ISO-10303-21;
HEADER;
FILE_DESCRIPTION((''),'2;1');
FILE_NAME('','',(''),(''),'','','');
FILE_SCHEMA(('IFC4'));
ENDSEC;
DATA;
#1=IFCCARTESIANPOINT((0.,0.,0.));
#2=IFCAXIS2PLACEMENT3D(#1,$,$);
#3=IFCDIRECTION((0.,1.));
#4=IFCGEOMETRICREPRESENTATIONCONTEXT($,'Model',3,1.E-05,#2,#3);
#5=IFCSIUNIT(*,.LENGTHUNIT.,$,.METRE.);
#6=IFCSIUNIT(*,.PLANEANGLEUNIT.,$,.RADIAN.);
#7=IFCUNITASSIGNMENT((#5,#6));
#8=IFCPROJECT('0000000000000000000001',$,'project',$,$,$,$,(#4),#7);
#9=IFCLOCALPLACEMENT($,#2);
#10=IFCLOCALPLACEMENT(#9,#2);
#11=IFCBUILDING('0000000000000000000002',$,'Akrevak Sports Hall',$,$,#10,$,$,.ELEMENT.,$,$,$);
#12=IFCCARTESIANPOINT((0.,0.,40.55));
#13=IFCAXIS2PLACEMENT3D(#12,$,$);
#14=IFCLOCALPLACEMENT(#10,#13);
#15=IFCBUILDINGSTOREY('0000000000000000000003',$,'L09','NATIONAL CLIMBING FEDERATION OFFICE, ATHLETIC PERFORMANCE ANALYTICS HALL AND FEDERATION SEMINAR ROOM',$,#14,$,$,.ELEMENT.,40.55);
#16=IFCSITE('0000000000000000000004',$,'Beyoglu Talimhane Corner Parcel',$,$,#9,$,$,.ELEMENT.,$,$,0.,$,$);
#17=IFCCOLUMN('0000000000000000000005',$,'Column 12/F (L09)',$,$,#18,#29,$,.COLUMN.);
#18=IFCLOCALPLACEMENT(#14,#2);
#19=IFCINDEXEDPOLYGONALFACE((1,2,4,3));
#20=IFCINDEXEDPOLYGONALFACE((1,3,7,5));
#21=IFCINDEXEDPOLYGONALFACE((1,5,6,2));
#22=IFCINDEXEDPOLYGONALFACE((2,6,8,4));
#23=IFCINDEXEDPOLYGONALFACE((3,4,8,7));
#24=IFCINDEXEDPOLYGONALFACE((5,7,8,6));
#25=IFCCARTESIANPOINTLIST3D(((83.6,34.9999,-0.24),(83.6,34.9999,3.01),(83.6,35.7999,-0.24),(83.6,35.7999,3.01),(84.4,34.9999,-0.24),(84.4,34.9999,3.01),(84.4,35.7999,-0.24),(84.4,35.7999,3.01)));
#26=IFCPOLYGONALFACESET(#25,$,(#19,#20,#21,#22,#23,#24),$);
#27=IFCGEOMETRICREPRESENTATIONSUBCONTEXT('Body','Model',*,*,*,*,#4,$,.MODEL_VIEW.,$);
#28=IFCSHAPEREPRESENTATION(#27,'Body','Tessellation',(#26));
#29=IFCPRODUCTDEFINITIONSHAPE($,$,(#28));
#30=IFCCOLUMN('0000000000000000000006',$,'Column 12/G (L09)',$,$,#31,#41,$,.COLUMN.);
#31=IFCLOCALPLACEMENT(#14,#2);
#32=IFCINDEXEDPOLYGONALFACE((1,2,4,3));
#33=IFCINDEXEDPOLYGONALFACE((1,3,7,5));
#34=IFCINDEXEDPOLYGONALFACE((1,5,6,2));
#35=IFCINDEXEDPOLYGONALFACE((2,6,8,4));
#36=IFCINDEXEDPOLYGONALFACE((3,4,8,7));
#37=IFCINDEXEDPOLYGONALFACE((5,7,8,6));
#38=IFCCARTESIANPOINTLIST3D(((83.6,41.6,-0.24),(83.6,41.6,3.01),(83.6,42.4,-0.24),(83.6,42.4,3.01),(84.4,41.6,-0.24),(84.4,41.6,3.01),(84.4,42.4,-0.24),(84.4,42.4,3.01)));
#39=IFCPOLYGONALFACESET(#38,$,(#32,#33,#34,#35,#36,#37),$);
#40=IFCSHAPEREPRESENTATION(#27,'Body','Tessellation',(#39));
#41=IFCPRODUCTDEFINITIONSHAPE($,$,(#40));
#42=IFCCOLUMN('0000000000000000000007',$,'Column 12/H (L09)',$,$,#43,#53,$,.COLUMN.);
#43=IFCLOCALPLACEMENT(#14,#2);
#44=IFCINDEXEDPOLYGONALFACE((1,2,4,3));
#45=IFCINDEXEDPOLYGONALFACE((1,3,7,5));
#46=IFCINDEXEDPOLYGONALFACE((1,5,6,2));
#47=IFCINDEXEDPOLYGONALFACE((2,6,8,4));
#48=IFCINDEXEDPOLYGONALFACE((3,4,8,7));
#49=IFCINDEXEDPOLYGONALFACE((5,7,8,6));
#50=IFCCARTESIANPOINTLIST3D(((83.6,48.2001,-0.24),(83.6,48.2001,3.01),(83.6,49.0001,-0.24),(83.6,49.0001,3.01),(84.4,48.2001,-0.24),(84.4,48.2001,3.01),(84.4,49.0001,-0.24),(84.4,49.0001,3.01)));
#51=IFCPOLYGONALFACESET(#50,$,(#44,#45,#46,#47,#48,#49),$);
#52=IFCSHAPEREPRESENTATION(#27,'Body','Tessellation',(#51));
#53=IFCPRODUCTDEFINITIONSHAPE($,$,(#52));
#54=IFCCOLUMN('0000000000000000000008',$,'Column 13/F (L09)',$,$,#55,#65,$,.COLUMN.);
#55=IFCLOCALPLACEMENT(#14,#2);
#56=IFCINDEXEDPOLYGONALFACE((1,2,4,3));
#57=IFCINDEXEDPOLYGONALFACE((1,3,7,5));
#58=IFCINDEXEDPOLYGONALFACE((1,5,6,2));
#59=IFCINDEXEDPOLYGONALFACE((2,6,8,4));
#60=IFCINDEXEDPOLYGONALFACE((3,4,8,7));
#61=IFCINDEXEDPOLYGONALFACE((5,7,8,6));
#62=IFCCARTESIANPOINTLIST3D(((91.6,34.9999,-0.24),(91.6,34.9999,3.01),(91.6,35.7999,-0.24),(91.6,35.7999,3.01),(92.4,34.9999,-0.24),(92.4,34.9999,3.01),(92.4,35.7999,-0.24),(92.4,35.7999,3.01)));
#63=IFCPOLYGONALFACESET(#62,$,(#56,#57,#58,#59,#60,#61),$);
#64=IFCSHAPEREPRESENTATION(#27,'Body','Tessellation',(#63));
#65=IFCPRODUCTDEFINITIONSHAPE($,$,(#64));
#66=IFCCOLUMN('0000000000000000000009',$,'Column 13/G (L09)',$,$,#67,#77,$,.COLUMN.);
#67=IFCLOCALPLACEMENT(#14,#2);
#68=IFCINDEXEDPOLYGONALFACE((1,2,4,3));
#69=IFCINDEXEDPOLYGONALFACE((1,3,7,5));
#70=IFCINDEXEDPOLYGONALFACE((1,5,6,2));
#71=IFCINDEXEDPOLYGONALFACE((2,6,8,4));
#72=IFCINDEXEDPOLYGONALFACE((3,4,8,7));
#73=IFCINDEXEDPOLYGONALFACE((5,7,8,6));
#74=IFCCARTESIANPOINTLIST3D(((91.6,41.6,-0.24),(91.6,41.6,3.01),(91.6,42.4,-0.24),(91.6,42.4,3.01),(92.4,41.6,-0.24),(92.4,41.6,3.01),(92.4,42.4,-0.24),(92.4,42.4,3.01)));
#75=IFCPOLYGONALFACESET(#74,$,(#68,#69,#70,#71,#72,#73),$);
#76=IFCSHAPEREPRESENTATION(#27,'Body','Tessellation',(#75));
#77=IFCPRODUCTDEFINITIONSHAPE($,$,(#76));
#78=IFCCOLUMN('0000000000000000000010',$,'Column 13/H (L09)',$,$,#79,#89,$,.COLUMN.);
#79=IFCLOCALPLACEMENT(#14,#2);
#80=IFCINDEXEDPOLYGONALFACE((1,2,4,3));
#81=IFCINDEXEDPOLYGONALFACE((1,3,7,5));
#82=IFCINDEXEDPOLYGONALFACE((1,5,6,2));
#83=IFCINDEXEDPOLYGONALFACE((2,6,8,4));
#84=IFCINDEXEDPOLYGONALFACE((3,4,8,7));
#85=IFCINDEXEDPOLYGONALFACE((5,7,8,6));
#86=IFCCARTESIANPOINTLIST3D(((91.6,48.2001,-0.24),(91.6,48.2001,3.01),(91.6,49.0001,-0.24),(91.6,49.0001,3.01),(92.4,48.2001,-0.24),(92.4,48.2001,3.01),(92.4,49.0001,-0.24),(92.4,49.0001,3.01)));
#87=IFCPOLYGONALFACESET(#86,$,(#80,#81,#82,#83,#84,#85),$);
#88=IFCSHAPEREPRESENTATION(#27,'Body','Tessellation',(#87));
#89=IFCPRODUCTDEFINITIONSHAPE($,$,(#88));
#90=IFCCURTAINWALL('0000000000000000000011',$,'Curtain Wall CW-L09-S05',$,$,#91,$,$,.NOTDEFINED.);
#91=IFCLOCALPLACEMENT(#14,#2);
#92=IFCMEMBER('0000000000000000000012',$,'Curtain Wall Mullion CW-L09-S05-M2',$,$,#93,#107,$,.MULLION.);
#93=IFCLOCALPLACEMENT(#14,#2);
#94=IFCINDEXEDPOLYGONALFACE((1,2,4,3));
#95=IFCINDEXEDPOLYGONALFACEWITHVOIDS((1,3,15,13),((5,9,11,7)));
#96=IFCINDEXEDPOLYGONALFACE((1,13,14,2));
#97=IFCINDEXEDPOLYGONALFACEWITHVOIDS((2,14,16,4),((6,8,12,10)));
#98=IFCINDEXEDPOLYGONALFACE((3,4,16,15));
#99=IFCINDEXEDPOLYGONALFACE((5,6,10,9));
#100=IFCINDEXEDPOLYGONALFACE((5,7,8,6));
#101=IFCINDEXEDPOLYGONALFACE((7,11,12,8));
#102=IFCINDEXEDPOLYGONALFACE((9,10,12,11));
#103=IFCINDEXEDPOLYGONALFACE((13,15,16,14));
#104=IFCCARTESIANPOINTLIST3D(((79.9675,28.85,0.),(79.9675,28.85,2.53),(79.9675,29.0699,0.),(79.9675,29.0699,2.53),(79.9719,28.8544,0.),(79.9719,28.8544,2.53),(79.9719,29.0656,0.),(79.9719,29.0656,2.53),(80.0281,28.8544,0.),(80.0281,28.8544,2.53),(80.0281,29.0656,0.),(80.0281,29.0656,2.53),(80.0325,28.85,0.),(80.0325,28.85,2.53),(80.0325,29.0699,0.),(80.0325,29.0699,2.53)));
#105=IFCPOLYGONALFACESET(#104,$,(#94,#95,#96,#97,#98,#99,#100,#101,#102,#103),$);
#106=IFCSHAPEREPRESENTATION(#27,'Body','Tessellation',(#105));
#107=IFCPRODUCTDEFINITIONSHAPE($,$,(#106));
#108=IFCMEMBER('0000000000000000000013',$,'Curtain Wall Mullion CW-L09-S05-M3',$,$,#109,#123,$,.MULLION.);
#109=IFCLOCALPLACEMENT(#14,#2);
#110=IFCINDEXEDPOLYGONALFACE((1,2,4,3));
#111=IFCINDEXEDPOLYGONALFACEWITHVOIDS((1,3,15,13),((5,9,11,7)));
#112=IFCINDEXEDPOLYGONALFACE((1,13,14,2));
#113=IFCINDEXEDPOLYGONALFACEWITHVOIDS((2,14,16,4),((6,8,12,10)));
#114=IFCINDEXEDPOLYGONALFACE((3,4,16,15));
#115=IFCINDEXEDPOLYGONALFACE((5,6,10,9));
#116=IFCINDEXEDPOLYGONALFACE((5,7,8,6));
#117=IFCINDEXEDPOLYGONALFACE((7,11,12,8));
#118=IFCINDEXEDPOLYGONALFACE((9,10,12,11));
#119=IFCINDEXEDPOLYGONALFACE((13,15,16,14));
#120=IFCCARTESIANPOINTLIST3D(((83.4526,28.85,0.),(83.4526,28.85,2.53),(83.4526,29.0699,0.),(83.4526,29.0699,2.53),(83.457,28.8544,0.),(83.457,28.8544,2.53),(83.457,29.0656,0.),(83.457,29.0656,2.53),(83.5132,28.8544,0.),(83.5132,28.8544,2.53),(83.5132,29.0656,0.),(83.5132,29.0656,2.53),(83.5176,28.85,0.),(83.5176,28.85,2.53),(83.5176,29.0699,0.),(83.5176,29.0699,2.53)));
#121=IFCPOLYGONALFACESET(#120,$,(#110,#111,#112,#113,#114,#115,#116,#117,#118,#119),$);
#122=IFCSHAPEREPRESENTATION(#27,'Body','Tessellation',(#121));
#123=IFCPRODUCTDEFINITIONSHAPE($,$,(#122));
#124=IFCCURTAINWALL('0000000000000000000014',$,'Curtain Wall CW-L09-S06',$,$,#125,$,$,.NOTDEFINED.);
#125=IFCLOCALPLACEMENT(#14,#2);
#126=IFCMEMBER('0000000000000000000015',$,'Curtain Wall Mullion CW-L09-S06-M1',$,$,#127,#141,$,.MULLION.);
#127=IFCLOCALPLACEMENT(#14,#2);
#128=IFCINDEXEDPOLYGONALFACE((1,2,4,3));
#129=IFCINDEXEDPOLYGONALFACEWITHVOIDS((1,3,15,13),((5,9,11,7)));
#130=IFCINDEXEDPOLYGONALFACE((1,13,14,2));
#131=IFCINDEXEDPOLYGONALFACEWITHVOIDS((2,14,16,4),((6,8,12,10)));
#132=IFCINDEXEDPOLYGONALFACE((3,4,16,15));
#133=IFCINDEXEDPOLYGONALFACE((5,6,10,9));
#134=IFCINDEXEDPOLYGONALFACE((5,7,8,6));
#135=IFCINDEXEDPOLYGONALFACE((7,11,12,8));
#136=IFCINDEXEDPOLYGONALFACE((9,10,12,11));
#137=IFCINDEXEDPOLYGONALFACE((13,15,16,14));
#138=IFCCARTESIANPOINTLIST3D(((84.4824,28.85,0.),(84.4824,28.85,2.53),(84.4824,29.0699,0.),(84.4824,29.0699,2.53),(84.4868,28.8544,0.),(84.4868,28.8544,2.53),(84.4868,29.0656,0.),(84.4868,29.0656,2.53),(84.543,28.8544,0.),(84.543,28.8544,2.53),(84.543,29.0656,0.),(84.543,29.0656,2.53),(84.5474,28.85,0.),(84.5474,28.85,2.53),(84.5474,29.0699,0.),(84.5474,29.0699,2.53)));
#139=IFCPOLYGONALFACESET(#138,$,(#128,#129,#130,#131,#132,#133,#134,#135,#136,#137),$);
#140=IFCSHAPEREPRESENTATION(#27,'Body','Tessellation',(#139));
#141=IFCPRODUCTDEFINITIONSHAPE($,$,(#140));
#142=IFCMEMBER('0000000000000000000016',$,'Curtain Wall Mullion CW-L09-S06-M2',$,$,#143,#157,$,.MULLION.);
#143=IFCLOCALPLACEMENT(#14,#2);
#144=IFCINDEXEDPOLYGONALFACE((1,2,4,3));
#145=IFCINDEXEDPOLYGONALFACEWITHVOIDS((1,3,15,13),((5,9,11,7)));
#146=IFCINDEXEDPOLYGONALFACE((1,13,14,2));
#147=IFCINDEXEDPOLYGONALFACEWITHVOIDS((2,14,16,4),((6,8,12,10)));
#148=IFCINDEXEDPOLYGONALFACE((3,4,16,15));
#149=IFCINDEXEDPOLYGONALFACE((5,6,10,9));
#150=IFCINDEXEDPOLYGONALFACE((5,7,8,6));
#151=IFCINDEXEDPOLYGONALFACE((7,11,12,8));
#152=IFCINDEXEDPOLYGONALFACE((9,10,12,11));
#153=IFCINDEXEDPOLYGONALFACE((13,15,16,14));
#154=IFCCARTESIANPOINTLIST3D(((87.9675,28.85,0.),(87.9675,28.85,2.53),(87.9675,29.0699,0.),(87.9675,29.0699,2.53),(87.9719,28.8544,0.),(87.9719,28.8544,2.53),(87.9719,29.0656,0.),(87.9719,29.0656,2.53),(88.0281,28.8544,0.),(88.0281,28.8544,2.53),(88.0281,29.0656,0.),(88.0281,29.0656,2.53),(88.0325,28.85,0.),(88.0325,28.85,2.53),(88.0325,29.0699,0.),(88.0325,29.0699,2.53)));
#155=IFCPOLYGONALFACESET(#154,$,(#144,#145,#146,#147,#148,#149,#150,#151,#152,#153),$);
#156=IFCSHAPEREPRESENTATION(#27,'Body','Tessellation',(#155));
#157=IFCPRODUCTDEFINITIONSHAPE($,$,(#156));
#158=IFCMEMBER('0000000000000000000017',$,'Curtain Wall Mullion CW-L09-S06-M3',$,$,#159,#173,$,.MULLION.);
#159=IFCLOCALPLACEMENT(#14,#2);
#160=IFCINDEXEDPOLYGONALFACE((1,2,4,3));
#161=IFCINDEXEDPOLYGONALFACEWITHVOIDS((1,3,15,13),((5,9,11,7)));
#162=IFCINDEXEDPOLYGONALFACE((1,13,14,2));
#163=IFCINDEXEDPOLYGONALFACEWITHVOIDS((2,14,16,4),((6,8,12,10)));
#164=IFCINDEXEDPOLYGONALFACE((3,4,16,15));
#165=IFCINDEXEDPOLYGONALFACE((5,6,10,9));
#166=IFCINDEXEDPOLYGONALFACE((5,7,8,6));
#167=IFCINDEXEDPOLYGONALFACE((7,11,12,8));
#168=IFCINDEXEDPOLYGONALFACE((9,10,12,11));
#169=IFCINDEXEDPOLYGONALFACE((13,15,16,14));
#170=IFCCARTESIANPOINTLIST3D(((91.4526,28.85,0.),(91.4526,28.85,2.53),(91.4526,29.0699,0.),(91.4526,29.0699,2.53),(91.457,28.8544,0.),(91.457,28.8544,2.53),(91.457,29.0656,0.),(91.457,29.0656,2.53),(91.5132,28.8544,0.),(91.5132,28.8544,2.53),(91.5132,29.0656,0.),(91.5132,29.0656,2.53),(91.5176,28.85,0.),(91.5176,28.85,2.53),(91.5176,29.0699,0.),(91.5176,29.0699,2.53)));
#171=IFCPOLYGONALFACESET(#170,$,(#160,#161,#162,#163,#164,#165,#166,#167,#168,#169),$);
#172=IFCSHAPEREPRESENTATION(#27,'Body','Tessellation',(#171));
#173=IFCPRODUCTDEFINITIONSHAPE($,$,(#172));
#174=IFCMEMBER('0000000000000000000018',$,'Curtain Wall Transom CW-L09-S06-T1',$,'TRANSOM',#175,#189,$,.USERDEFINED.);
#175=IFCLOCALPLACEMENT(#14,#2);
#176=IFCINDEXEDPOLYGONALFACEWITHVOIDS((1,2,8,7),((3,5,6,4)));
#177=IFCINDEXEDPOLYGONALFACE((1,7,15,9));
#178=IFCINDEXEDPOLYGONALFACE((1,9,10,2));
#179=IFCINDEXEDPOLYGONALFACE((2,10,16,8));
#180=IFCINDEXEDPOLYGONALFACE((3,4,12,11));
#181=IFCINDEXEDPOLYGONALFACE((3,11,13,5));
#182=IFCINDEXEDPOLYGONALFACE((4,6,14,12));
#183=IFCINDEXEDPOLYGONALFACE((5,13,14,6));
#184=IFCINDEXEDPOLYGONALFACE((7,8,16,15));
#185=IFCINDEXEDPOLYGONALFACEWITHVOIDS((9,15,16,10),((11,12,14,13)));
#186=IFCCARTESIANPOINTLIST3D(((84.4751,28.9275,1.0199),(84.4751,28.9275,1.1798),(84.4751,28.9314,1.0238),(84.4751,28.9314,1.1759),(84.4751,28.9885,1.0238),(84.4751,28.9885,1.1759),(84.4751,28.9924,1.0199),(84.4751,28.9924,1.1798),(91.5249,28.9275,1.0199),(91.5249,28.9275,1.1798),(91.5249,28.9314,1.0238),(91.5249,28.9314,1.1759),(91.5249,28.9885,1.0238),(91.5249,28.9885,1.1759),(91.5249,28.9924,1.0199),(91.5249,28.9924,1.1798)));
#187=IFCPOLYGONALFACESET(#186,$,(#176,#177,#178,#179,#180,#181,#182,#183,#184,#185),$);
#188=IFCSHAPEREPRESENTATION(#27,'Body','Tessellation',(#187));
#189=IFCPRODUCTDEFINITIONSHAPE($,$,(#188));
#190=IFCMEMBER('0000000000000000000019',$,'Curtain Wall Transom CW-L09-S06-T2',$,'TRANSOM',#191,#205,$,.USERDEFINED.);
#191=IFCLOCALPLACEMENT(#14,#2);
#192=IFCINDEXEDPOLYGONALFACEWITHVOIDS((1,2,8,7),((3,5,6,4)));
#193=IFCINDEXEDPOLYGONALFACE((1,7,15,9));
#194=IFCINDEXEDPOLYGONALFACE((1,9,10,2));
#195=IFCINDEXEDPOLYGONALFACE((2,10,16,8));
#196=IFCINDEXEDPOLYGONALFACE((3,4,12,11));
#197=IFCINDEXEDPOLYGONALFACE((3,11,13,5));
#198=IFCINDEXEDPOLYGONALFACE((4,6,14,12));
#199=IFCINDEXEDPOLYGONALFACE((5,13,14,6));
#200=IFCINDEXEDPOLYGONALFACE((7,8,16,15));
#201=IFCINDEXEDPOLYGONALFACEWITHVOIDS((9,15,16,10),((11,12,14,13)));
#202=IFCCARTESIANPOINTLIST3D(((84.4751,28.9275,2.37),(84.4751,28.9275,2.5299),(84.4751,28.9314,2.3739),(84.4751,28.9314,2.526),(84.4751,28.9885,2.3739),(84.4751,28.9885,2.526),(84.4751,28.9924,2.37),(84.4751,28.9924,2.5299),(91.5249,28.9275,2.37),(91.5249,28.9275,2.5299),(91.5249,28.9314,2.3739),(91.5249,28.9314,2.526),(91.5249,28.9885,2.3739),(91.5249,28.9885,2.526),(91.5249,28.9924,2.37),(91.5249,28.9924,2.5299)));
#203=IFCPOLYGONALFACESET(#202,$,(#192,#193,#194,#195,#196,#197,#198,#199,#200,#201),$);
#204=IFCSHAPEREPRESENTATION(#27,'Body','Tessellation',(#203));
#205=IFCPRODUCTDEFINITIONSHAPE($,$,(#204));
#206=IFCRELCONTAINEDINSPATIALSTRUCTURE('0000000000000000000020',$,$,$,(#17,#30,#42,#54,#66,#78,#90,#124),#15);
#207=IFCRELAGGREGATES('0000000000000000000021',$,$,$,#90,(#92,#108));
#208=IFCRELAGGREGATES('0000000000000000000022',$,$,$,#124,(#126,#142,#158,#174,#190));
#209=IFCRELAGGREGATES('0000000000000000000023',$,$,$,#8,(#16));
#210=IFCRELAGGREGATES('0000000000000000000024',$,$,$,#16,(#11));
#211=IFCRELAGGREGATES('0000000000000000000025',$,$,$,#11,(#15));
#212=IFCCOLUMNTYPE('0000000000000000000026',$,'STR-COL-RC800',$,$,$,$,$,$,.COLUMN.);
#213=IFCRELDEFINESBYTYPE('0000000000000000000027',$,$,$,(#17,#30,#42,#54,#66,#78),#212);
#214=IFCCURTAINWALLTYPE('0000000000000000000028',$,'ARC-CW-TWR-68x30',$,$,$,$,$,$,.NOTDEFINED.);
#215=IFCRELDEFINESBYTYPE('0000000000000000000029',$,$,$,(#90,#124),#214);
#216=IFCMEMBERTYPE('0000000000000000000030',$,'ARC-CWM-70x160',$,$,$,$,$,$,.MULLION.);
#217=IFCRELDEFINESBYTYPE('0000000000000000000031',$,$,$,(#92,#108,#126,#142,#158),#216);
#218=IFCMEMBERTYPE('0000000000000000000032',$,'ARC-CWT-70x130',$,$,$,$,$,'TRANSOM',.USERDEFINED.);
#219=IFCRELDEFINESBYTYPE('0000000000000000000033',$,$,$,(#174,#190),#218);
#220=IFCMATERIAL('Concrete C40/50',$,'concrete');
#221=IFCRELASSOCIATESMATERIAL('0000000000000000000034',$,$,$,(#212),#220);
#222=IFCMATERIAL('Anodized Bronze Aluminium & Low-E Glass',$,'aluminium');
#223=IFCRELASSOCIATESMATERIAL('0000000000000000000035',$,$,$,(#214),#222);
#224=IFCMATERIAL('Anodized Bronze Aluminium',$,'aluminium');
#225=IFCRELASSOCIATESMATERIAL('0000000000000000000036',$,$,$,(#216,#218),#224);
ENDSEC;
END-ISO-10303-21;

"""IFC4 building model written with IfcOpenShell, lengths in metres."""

from ifc_helpers import new_model, si_unit, direction, frame, origin, origin_2d, place, context, subcontext, project, spatial, rectangle, hollow_rectangle, extrude, material, material_profile, profile_set, type_object, element, aggregate, save


model = new_model("IFC4")

# Units and contexts
model_context = context("Model", 3, precision=1e-05, world=origin(), true_north=direction((0.0, 1.0)))
body_context = subcontext(model_context, "Body", "Model", "MODEL_VIEW")
ifc_project = project(units=[si_unit("LENGTHUNIT", "METRE"), si_unit("PLANEANGLEUNIT", "RADIAN")], contexts=[model_context])

# Site, building, storey
site_placement = place(None, origin())
site = spatial("IfcSite", under=ifc_project, at=site_placement, Name="Beyoglu Talimhane Corner Parcel", CompositionType="ELEMENT", RefElevation=0.0)
building_placement = place(site_placement, origin())
building = spatial("IfcBuilding", under=site, at=building_placement, Name="Akrevak Sports Hall", CompositionType="ELEMENT")
storey_placement = place(building_placement, frame((0.0, 0.0, 40.55)))
storey = spatial("IfcBuildingStorey", under=building, at=storey_placement, Name="L09", Description="NATIONAL CLIMBING FEDERATION OFFICE, ATHLETIC PERFORMANCE ANALYTICS HALL AND FEDERATION SEMINAR ROOM", CompositionType="ELEMENT", Elevation=40.55)

# Columns
ifc_material_1 = material(Name="Concrete C40/50", Category="concrete")
ifc_material_profile_1 = material_profile(ifc_material_1, rectangle(XDim=0.8, YDim=0.8, at=origin_2d()), Name="RC 800x800", Category="concrete")
ifc_profile_set_1 = profile_set([ifc_material_profile_1], Name="Concrete C40/50")
column_type = type_object("IfcColumnType", Name="STR-COL-RC800", PredefinedType="COLUMN", material=ifc_profile_set_1)
for number, where, z_axis, x_axis, name in (
    (1, (84.0, 35.3999, -0.24), (0.0, 0.0, 1.0), (1.0, 0.0, 0.0), "Column 12/F (L09)"),
    (2, (84.0, 42.0, -0.24), (0.0, 0.0, 1.0), (1.0, 0.0, 0.0), "Column 12/G (L09)"),
    (3, (84.0, 48.6001, -0.24), (0.0, 0.0, 1.0), (1.0, 0.0, 0.0), "Column 12/H (L09)"),
    (4, (92.0, 35.3999, -0.24), (0.0, 0.0, 1.0), (1.0, 0.0, 0.0), "Column 13/F (L09)"),
    (5, (92.0, 42.0, -0.24), (0.0, 0.0, 1.0), (1.0, 0.0, 0.0), "Column 13/G (L09)"),
    (6, (92.0, 48.6001, -0.24), (0.0, 0.0, 1.0), (1.0, 0.0, 0.0), "Column 13/H (L09)"),
):
    element("IfcColumn", number, at=place(storey_placement, frame(where, z_axis=z_axis, x_axis=x_axis)), inside=storey, type_object=column_type, Name=name, PredefinedType="COLUMN", context=body_context, shape_type="SweptSolid", body=[
        extrude(rectangle(XDim=0.8, YDim=0.8, at=origin_2d()), origin(), (0.0, 0.0, 1.0), 3.25),
    ])

# Curtain walls, members
ifc_material_2 = material(Name="Anodized Bronze Aluminium & Low-E Glass", Category="aluminium")
curtain_wall_type = type_object("IfcCurtainWallType", Name="ARC-CW-TWR-68x30", PredefinedType="NOTDEFINED", material=ifc_material_2)
curtain_wall_1_placement = place(storey_placement, origin())
curtain_wall_1 = element("IfcCurtainWall", 7, at=curtain_wall_1_placement, inside=storey, type_object=curtain_wall_type, Name="Curtain Wall CW-L09-S05", PredefinedType="NOTDEFINED")
ifc_material_3 = material(Name="Anodized Bronze Aluminium", Category="aluminium")
ifc_material_profile_2 = material_profile(ifc_material_3, hollow_rectangle(XDim=0.0649, YDim=0.22, WallThickness=0.0044, at=origin_2d()), Name="CWM 65x220", Category="aluminium")
ifc_profile_set_2 = profile_set([ifc_material_profile_2], Name="Anodized Bronze Aluminium")
member_type_1 = type_object("IfcMemberType", Name="ARC-CWM-70x160", PredefinedType="MULLION", material=ifc_profile_set_2)
member_1_placement = place(storey_placement, frame((80.0, 28.96, 0.0), z_axis=(0.0, 0.0, 1.0), x_axis=(1.0, 0.0, 0.0)))
member_1 = element("IfcMember", 8, at=member_1_placement, type_object=member_type_1, Name="Curtain Wall Mullion CW-L09-S05-M2", PredefinedType="MULLION", context=body_context, shape_type="SweptSolid", body=[
    extrude(hollow_rectangle(XDim=0.0649, YDim=0.22, WallThickness=0.0044, at=origin_2d()), origin(), (0.0, 0.0, 1.0), 2.53),
])
member_2_placement = place(storey_placement, frame((83.4851, 28.96, 0.0), z_axis=(0.0, 0.0, 1.0), x_axis=(1.0, 0.0, 0.0)))
member_2 = element("IfcMember", 9, at=member_2_placement, type_object=member_type_1, Name="Curtain Wall Mullion CW-L09-S05-M3", PredefinedType="MULLION", context=body_context, shape_type="SweptSolid", body=[
    extrude(hollow_rectangle(XDim=0.0649, YDim=0.22, WallThickness=0.0044, at=origin_2d()), origin(), (0.0, 0.0, 1.0), 2.53),
])
curtain_wall_2_placement = place(storey_placement, origin())
curtain_wall_2 = element("IfcCurtainWall", 10, at=curtain_wall_2_placement, inside=storey, type_object=curtain_wall_type, Name="Curtain Wall CW-L09-S06", PredefinedType="NOTDEFINED")
member_3_placement = place(storey_placement, frame((84.5149, 28.96, 0.0), z_axis=(0.0, 0.0, 1.0), x_axis=(1.0, 0.0, 0.0)))
member_3 = element("IfcMember", 11, at=member_3_placement, type_object=member_type_1, Name="Curtain Wall Mullion CW-L09-S06-M1", PredefinedType="MULLION", context=body_context, shape_type="SweptSolid", body=[
    extrude(hollow_rectangle(XDim=0.0649, YDim=0.22, WallThickness=0.0044, at=origin_2d()), origin(), (0.0, 0.0, 1.0), 2.53),
])
member_4_placement = place(storey_placement, frame((88.0, 28.96, 0.0), z_axis=(0.0, 0.0, 1.0), x_axis=(1.0, 0.0, 0.0)))
member_4 = element("IfcMember", 12, at=member_4_placement, type_object=member_type_1, Name="Curtain Wall Mullion CW-L09-S06-M2", PredefinedType="MULLION", context=body_context, shape_type="SweptSolid", body=[
    extrude(hollow_rectangle(XDim=0.0649, YDim=0.22, WallThickness=0.0044, at=origin_2d()), origin(), (0.0, 0.0, 1.0), 2.53),
])
member_5_placement = place(storey_placement, frame((91.4851, 28.96, 0.0), z_axis=(0.0, 0.0, 1.0), x_axis=(1.0, 0.0, 0.0)))
member_5 = element("IfcMember", 13, at=member_5_placement, type_object=member_type_1, Name="Curtain Wall Mullion CW-L09-S06-M3", PredefinedType="MULLION", context=body_context, shape_type="SweptSolid", body=[
    extrude(hollow_rectangle(XDim=0.0649, YDim=0.22, WallThickness=0.0044, at=origin_2d()), origin(), (0.0, 0.0, 1.0), 2.53),
])
ifc_material_profile_3 = material_profile(ifc_material_3, hollow_rectangle(XDim=0.0649, YDim=0.1599, WallThickness=0.0039, at=origin_2d()), Name="CWT 65x160", Category="aluminium")
ifc_profile_set_3 = profile_set([ifc_material_profile_3], Name="Anodized Bronze Aluminium")
member_type_2 = type_object("IfcMemberType", Name="ARC-CWT-70x130", ElementType="TRANSOM", PredefinedType="USERDEFINED", material=ifc_profile_set_3)
member_6_placement = place(storey_placement, frame((84.4751, 28.96, 1.0999), z_axis=(1.0, 0.0, 0.0), x_axis=(0.0, 1.0, 0.0)))
member_6 = element("IfcMember", 14, at=member_6_placement, type_object=member_type_2, Name="Curtain Wall Transom CW-L09-S06-T1", ObjectType="TRANSOM", PredefinedType="USERDEFINED", context=body_context, shape_type="SweptSolid", body=[
    extrude(hollow_rectangle(XDim=0.0649, YDim=0.1599, WallThickness=0.0039, at=origin_2d()), origin(), (0.0, 0.0, 1.0), 7.0498),
])
member_7_placement = place(storey_placement, frame((84.4751, 28.96, 2.45), z_axis=(1.0, 0.0, 0.0), x_axis=(0.0, 1.0, 0.0)))
member_7 = element("IfcMember", 15, at=member_7_placement, type_object=member_type_2, Name="Curtain Wall Transom CW-L09-S06-T2", ObjectType="TRANSOM", PredefinedType="USERDEFINED", context=body_context, shape_type="SweptSolid", body=[
    extrude(hollow_rectangle(XDim=0.0649, YDim=0.1599, WallThickness=0.0039, at=origin_2d()), origin(), (0.0, 0.0, 1.0), 7.0498),
])

aggregate(curtain_wall_1, [member_1, member_2])
aggregate(curtain_wall_2, [member_3, member_4, member_5, member_6, member_7])

save(model, "model.ifc")
